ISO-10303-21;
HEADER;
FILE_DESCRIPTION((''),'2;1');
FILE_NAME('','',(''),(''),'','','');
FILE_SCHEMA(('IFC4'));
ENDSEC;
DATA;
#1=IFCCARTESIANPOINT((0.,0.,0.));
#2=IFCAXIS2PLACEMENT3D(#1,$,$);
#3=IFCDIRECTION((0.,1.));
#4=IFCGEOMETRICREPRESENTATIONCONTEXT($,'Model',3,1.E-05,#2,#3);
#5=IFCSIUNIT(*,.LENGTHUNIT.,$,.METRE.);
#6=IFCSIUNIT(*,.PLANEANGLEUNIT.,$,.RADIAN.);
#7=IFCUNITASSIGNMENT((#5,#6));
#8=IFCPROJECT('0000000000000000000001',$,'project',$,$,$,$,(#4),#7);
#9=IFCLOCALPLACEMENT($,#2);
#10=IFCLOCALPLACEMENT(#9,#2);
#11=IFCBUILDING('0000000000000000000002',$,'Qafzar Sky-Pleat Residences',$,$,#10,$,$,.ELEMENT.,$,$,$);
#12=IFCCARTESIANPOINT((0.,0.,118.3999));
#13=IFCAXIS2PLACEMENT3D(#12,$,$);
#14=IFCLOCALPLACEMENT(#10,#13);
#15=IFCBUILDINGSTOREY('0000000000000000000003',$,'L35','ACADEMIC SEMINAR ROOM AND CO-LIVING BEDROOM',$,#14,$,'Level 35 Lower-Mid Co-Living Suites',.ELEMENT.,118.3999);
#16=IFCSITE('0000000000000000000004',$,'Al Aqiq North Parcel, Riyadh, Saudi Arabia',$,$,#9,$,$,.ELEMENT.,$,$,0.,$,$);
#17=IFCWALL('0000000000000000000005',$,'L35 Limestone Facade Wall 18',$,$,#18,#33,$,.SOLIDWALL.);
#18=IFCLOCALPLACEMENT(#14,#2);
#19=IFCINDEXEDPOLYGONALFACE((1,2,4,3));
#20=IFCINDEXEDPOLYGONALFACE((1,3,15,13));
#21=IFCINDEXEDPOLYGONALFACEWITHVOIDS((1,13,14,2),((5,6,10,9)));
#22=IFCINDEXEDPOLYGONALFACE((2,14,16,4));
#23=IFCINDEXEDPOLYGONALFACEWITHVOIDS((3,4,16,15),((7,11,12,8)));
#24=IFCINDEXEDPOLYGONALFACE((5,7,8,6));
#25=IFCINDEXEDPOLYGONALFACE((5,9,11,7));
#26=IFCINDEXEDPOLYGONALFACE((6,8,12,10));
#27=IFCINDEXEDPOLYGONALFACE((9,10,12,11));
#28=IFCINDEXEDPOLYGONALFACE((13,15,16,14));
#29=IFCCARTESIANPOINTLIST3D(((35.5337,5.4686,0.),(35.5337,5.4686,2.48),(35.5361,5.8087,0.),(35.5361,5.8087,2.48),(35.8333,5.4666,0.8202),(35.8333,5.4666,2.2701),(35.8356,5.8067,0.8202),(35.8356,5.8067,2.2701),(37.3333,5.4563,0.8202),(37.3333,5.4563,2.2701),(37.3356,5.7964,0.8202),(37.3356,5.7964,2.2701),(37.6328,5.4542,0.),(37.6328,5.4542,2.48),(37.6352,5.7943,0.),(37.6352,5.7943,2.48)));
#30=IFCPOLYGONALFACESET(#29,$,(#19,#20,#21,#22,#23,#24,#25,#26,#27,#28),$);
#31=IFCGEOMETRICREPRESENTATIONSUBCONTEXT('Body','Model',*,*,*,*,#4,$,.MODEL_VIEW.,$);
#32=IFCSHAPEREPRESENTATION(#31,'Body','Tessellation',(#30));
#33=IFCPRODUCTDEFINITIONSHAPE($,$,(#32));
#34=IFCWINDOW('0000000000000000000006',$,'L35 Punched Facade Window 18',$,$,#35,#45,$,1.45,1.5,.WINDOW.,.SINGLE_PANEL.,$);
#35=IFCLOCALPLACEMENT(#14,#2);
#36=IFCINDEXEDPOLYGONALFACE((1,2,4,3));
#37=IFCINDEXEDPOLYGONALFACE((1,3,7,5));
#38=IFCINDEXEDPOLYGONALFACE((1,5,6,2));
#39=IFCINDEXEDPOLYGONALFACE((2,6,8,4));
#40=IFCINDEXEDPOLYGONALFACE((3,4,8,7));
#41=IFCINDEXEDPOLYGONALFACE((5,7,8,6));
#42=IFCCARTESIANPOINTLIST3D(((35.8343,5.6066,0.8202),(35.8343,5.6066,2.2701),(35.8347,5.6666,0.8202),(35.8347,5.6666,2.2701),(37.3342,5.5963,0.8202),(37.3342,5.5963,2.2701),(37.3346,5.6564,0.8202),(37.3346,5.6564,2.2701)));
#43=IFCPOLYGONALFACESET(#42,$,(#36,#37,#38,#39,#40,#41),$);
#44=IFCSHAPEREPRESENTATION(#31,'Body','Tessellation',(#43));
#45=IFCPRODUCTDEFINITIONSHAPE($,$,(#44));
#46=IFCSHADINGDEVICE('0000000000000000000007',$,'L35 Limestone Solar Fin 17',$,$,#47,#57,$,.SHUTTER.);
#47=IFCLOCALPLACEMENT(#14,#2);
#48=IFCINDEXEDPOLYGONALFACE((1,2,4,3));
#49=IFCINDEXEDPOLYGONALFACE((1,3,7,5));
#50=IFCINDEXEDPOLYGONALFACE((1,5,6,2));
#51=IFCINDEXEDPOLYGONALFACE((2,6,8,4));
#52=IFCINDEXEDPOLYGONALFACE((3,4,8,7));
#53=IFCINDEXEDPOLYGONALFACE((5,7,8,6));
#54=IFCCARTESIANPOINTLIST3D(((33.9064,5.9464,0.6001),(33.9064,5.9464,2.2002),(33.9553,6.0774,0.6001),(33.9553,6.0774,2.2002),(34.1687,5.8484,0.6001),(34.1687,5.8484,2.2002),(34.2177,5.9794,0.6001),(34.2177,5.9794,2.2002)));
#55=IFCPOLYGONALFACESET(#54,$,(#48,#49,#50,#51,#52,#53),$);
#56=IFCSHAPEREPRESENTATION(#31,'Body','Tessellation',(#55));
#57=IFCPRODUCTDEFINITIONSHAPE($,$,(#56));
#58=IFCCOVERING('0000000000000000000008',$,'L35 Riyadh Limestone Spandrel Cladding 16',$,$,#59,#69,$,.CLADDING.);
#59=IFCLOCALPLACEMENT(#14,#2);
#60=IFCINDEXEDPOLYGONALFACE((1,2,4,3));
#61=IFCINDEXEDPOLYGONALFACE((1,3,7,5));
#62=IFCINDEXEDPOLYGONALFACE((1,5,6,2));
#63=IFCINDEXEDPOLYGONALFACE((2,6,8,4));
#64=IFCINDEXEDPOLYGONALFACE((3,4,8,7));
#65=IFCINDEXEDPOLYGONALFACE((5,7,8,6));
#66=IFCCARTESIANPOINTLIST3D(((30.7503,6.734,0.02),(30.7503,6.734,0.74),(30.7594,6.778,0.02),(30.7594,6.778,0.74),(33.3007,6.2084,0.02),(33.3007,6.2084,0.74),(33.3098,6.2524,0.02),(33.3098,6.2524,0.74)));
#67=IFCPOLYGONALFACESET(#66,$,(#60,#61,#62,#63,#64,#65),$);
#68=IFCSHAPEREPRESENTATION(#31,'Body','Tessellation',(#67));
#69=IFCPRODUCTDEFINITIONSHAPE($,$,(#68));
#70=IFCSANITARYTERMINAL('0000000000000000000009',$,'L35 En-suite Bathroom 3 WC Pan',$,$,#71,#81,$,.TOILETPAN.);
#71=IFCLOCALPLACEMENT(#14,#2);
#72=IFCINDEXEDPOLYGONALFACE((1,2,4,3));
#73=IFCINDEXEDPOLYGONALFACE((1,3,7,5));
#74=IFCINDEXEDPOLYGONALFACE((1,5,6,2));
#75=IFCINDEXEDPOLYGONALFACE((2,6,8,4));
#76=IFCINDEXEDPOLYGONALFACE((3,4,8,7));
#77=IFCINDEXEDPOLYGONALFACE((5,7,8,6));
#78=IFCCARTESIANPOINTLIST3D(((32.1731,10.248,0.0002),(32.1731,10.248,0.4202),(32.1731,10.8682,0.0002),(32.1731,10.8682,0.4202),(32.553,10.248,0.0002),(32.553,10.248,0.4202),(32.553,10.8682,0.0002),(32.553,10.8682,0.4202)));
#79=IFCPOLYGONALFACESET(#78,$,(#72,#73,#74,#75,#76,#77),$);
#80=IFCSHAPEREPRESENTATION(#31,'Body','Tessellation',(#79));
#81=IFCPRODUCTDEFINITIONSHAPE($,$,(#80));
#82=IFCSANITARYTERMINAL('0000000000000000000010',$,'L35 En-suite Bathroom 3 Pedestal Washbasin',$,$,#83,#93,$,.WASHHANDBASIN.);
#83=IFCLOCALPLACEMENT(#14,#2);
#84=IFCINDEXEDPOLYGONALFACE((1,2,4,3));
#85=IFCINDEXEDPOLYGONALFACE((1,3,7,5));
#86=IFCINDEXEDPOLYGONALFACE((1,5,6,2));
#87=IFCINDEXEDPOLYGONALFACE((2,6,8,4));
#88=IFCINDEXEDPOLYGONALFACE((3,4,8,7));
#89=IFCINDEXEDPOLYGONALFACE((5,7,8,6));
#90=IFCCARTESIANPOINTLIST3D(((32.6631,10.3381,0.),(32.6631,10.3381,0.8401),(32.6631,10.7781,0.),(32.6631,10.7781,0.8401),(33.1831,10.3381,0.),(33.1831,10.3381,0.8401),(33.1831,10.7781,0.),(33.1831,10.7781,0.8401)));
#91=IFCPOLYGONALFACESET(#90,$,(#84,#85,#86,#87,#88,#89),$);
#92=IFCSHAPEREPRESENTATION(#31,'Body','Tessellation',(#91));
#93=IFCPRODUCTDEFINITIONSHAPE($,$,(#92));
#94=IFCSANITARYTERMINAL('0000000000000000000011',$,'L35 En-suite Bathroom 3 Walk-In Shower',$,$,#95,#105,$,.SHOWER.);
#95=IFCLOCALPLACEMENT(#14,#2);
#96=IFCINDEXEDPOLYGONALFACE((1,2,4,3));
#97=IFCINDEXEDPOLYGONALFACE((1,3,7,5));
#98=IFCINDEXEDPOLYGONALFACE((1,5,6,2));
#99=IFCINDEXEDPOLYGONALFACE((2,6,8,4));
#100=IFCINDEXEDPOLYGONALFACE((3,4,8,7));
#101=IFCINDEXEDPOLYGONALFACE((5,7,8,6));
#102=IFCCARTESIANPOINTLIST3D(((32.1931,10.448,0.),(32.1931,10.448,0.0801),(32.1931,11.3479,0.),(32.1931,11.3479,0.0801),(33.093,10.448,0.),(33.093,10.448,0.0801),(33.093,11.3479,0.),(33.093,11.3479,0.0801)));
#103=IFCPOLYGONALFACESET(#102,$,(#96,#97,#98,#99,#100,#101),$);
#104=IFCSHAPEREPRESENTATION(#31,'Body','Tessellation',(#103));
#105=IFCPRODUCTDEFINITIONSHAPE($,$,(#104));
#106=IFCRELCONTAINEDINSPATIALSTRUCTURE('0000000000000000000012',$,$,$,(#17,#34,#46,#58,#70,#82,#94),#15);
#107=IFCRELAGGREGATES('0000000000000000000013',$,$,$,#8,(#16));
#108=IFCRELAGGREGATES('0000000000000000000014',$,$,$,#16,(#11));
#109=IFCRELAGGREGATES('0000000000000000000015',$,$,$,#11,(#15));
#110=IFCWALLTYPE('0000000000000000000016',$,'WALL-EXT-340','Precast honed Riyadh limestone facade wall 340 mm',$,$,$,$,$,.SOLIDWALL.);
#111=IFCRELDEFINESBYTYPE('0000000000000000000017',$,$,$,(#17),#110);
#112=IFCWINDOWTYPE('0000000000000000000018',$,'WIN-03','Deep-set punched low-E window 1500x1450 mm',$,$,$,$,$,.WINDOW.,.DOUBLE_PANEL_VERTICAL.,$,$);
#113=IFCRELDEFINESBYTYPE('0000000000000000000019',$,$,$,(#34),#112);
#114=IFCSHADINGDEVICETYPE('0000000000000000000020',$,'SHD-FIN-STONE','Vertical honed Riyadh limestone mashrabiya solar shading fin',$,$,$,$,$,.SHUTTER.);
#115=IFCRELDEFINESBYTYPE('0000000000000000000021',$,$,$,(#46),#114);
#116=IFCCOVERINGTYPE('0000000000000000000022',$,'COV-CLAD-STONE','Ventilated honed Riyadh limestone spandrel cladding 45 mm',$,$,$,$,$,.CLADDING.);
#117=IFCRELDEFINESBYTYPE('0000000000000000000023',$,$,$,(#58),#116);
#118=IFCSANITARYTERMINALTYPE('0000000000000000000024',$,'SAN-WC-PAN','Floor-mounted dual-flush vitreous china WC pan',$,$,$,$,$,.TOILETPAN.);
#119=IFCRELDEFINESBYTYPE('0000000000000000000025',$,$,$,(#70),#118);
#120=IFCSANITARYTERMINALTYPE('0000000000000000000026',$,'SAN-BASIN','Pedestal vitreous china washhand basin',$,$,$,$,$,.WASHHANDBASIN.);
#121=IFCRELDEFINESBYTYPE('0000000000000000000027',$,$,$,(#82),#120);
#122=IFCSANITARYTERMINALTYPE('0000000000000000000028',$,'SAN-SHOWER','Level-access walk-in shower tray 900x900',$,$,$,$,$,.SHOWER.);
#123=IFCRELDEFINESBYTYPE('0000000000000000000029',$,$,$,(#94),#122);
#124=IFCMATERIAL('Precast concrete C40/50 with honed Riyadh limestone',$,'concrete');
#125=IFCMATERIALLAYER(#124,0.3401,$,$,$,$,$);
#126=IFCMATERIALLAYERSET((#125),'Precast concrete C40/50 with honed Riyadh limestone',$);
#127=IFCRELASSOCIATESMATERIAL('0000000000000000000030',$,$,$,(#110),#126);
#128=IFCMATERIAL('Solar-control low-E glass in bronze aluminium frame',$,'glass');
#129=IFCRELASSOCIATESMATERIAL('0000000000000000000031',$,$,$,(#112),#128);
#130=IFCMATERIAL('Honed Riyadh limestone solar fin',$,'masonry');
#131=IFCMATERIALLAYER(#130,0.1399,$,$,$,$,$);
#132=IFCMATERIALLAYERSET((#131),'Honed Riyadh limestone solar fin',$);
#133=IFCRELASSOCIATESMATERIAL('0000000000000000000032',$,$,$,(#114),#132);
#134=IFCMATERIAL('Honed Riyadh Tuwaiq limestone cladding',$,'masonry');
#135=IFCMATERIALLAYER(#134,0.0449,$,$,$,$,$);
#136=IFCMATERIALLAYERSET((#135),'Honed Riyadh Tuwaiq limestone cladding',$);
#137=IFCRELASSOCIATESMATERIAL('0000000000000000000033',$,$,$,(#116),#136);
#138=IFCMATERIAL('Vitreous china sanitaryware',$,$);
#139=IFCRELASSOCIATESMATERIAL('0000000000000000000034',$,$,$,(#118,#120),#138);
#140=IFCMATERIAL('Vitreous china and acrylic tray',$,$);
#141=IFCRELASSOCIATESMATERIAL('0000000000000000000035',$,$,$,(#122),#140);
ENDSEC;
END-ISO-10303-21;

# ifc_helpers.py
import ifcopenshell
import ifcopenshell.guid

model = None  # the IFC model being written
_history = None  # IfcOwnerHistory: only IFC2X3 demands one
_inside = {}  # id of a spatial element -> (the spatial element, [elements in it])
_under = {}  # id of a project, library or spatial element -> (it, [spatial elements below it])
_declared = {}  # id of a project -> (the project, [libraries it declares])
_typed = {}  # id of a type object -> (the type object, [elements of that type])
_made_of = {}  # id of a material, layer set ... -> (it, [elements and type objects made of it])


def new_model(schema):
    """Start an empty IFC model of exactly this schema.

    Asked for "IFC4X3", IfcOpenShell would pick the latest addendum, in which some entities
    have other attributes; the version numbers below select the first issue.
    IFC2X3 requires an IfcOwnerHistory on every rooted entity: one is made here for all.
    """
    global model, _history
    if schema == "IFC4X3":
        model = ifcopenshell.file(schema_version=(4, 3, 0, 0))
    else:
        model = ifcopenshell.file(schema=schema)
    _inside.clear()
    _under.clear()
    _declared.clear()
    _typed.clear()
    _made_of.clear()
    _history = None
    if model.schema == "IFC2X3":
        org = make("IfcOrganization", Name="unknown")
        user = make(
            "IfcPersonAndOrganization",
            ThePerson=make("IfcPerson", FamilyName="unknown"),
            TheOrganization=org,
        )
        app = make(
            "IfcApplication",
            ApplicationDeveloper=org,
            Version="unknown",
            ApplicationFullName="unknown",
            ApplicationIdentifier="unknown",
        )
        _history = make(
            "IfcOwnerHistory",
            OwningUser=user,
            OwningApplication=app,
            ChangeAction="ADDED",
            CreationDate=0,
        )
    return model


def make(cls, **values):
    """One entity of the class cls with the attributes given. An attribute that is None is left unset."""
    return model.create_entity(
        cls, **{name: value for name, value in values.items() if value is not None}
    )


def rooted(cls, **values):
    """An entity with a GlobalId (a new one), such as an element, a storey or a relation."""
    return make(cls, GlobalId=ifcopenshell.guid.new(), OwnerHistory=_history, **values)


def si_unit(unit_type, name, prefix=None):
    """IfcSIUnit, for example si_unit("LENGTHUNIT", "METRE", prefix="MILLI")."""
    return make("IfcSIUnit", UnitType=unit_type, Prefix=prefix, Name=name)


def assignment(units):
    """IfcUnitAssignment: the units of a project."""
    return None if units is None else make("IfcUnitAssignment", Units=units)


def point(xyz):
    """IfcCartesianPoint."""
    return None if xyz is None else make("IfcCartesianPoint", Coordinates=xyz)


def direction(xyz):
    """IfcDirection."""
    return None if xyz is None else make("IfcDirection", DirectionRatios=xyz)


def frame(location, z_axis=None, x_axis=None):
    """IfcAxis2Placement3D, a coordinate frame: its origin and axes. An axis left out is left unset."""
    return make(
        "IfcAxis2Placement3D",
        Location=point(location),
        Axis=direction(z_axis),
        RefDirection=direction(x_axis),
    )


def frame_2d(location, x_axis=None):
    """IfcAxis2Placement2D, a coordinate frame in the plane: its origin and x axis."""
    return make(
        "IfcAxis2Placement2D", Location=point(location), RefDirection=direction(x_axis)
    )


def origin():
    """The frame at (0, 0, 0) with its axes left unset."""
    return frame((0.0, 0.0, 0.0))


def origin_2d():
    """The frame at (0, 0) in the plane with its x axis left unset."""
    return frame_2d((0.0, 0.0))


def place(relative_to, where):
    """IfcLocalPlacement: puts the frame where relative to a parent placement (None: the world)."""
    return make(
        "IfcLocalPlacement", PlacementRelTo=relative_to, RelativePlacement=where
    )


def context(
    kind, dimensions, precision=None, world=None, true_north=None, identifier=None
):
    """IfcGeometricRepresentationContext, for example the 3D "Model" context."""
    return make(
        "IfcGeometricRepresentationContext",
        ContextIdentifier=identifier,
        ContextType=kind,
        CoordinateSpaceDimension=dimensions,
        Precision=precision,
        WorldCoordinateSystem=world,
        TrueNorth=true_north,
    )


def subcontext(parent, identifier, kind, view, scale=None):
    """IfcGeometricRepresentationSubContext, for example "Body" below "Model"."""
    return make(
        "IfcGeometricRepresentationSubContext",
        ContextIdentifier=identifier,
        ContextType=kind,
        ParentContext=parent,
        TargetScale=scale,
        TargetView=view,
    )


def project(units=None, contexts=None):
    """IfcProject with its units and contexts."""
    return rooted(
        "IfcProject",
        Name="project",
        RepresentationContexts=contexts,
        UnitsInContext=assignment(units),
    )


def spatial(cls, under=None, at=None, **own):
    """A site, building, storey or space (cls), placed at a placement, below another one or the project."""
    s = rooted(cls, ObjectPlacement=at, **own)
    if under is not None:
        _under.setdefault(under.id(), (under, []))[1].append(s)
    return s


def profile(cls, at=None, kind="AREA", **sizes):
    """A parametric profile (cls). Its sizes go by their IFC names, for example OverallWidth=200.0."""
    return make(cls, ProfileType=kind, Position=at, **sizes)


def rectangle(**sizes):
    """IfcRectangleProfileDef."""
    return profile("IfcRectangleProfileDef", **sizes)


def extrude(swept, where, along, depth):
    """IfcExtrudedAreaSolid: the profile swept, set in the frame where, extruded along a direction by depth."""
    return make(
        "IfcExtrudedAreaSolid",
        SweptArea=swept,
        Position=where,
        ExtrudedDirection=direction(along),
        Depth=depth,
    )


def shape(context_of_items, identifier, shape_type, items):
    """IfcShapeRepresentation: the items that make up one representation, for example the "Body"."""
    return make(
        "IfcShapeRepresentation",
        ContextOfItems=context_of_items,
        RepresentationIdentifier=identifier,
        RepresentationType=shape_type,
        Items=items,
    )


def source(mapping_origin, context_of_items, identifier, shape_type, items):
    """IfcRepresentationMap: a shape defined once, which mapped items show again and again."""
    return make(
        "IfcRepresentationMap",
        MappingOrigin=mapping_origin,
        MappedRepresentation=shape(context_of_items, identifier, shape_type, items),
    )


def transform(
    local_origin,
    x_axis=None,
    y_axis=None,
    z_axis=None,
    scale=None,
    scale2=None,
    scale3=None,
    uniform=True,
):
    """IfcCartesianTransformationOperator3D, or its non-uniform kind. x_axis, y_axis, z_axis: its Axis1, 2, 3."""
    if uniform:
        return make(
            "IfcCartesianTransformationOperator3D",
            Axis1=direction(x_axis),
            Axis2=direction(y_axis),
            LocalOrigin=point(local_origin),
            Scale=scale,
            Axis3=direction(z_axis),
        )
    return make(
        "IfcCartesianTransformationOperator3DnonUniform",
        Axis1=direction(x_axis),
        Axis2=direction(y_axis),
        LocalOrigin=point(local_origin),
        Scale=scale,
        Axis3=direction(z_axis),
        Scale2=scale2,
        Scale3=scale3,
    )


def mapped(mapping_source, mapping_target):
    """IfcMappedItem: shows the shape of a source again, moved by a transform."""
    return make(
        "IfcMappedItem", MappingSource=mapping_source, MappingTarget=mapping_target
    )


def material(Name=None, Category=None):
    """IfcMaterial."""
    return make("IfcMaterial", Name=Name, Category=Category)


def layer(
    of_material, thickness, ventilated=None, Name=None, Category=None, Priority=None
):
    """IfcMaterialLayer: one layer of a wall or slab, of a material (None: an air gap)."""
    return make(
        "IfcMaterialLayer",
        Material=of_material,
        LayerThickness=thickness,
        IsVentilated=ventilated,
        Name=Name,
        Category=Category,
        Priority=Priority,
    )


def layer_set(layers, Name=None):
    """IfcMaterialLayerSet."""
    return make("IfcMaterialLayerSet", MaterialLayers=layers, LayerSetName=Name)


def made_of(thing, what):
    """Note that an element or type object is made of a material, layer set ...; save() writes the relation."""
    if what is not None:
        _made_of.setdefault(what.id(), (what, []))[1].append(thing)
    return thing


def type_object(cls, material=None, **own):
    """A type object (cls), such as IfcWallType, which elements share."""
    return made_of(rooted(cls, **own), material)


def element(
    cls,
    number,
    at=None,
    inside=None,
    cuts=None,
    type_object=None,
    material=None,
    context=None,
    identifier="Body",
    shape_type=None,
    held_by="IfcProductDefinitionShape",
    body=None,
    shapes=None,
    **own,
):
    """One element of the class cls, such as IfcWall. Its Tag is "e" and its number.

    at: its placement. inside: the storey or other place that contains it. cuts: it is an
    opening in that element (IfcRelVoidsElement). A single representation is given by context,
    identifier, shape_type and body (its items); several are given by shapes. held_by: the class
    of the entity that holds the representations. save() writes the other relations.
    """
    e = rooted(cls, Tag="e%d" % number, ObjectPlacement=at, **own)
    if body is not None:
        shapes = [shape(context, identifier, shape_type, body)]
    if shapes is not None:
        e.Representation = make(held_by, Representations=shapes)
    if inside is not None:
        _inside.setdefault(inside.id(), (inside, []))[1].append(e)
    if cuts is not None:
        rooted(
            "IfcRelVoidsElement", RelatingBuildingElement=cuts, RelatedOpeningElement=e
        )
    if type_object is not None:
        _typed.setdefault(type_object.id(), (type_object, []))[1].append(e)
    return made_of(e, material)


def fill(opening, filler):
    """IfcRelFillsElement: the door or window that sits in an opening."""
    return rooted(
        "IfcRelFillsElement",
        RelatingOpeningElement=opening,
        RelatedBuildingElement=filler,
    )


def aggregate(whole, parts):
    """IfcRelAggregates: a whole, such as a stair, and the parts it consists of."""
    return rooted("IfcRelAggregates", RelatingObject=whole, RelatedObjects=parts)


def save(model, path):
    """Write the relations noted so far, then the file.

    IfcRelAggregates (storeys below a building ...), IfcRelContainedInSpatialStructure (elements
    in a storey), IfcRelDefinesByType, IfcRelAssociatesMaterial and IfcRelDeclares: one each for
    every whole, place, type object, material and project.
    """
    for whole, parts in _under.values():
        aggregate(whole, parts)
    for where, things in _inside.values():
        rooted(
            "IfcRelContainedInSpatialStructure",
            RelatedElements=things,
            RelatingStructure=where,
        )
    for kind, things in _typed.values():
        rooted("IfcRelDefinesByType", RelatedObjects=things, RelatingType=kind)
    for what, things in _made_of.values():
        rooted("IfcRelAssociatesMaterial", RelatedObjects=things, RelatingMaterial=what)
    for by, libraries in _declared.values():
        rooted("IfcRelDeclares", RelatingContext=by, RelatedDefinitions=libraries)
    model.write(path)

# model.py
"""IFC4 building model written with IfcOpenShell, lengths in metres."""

from ifc_helpers import new_model, si_unit, direction, frame, frame_2d, origin, origin_2d, place, context, subcontext, project, spatial, rectangle, extrude, source, transform, mapped, material, layer, layer_set, type_object, element, fill, save


model = new_model("IFC4")

# Units and contexts
model_context = context("Model", 3, precision=1e-05, world=origin(), true_north=direction((0.0, 1.0)))
body_context = subcontext(model_context, "Body", "Model", "MODEL_VIEW")
ifc_project = project(units=[si_unit("LENGTHUNIT", "METRE"), si_unit("PLANEANGLEUNIT", "RADIAN")], contexts=[model_context])

# Site, building, storey
site_placement = place(None, origin())
site = spatial("IfcSite", under=ifc_project, at=site_placement, Name="Al Aqiq North Parcel, Riyadh, Saudi Arabia", CompositionType="ELEMENT", RefElevation=0.0)
building_placement = place(site_placement, origin())
building = spatial("IfcBuilding", under=site, at=building_placement, Name="Qafzar Sky-Pleat Residences", CompositionType="ELEMENT")
storey_placement = place(building_placement, frame((0.0, 0.0, 118.3999)))
storey = spatial("IfcBuildingStorey", under=building, at=storey_placement, Name="L35", Description="ACADEMIC SEMINAR ROOM AND CO-LIVING BEDROOM", LongName="Level 35 Lower-Mid Co-Living Suites", CompositionType="ELEMENT", Elevation=118.3999)

# Shared definitions
ifc_material_1 = material(Name="Precast concrete C40/50 with honed Riyadh limestone", Category="concrete")
ifc_layer_1 = layer(ifc_material_1, 0.3401)
ifc_layer_set_1 = layer_set([ifc_layer_1], Name="Precast concrete C40/50 with honed Riyadh limestone")
wall_type_1 = type_object("IfcWallType", Name="WALL-EXT-340", Description="Precast honed Riyadh limestone facade wall 340 mm", PredefinedType="SOLIDWALL", material=ifc_layer_set_1)
ifc_material_2 = material(Name="Solar-control low-E glass in bronze aluminium frame", Category="glass")

# Wall, opening, window
wall_1_placement = place(storey_placement, frame((35.5349, 5.6387, 0.0), z_axis=(0.0, 0.0, 1.0), x_axis=(0.999976, -0.006862, 0.0)))
wall_1 = element("IfcWall", 1, at=wall_1_placement, inside=storey, type_object=wall_type_1, Name="L35 Limestone Facade Wall 18", PredefinedType="SOLIDWALL", context=body_context, shape_type="SweptSolid", body=[
    extrude(rectangle(XDim=2.0991, YDim=0.3401, at=frame_2d((1.0496, 0.0))), origin(), (0.0, 0.0, 1.0), 2.48),
])
opening_1_placement = place(wall_1_placement, frame((0.2996, 0.0, 0.8201)))
opening_1 = element("IfcOpeningElement", 2, at=opening_1_placement, cuts=wall_1, PredefinedType="OPENING", context=body_context, shape_type="SweptSolid", body=[
    extrude(rectangle(XDim=1.5, YDim=1.45, at=frame_2d((0.75, 0.7251))), frame((0.0, 0.1802, 0.0), z_axis=(0.0, -1.0, 0.0), x_axis=(1.0, 0.0, 0.0)), (0.0, 0.0, 1.0), 0.3601),
])
window_type_1 = type_object("IfcWindowType", Name="WIN-03", Description="Deep-set punched low-E window 1500x1450 mm", PartitioningType="DOUBLE_PANEL_VERTICAL", PredefinedType="WINDOW", material=ifc_material_2)
shared_shape_1 = source(origin(), body_context, "Body", "SweptSolid", [
    extrude(rectangle(XDim=1.5, YDim=1.45, at=frame_2d((0.75, 0.7251))), frame((0.0, 0.03, 0.0), z_axis=(0.0, -1.0, 0.0), x_axis=(1.0, 0.0, 0.0)), (0.0, 0.0, 1.0), 0.0601),
])
window_1_placement = place(opening_1_placement, origin())
window_1 = element("IfcWindow", 3, at=window_1_placement, inside=storey, type_object=window_type_1, Name="L35 Punched Facade Window 18", OverallHeight=1.45, OverallWidth=1.5, PartitioningType="SINGLE_PANEL", PredefinedType="WINDOW", context=body_context, shape_type="MappedRepresentation", body=[
    mapped(shared_shape_1, transform((0.0, 0.0, 0.0), x_axis=(1.0, 0.0, 0.0), y_axis=(0.0, 1.0, 0.0), z_axis=(0.0, 0.0, 1.0), scale=1.0)),
])
fill(opening_1, window_1)

# Shading device
ifc_material_3 = material(Name="Honed Riyadh limestone solar fin", Category="masonry")
ifc_layer_2 = layer(ifc_material_3, 0.1399)
ifc_layer_set_2 = layer_set([ifc_layer_2], Name="Honed Riyadh limestone solar fin")
shading_device_type = type_object("IfcShadingDeviceType", Name="SHD-FIN-STONE", Description="Vertical honed Riyadh limestone mashrabiya solar shading fin", PredefinedType="SHUTTER", material=ifc_layer_set_2)
shared_shape_2 = source(origin(), body_context, "Body", "SweptSolid", [
    extrude(rectangle(XDim=0.1399, YDim=0.28, at=origin_2d()), origin(), (0.0, 0.0, 1.0), 1.6001),
])
shading_device_placement = place(storey_placement, frame((34.062, 5.9629, 0.6001), z_axis=(0.0, 0.0, 1.0), x_axis=(-0.349926, -0.936777, 0.0)))
element("IfcShadingDevice", 4, at=shading_device_placement, inside=storey, type_object=shading_device_type, Name="L35 Limestone Solar Fin 17", PredefinedType="SHUTTER", context=body_context, shape_type="MappedRepresentation", body=[
    mapped(shared_shape_2, transform((0.0, 0.0, 0.0), x_axis=(1.0, 0.0, 0.0), y_axis=(0.0, 1.0, 0.0), z_axis=(0.0, 0.0, 1.0), scale=1.0)),
])

# Covering
ifc_material_4 = material(Name="Honed Riyadh Tuwaiq limestone cladding", Category="masonry")
ifc_layer_3 = layer(ifc_material_4, 0.0449)
ifc_layer_set_3 = layer_set([ifc_layer_3], Name="Honed Riyadh Tuwaiq limestone cladding")
covering_type = type_object("IfcCoveringType", Name="COV-CLAD-STONE", Description="Ventilated honed Riyadh limestone spandrel cladding 45 mm", PredefinedType="CLADDING", material=ifc_layer_set_3)
shared_shape_3 = source(origin(), body_context, "Body", "SweptSolid", [
    extrude(rectangle(XDim=2.604, YDim=0.0449, at=origin_2d()), origin(), (0.0, 0.0, 1.0), 0.72),
])
covering_placement = place(storey_placement, frame((32.03, 6.4932, 0.02), z_axis=(0.0, 0.0, 1.0), x_axis=(0.979418, -0.201842, 0.0)))
element("IfcCovering", 5, at=covering_placement, inside=storey, type_object=covering_type, Name="L35 Riyadh Limestone Spandrel Cladding 16", PredefinedType="CLADDING", context=body_context, shape_type="MappedRepresentation", body=[
    mapped(shared_shape_3, transform((0.0, 0.0, 0.0), x_axis=(1.0, 0.0, 0.0), y_axis=(0.0, 1.0, 0.0), z_axis=(0.0, 0.0, 1.0), scale=1.0)),
])

# Sanitary terminals
ifc_material_5 = material(Name="Vitreous china sanitaryware")
sanitary_terminal_type_1 = type_object("IfcSanitaryTerminalType", Name="SAN-WC-PAN", Description="Floor-mounted dual-flush vitreous china WC pan", PredefinedType="TOILETPAN", material=ifc_material_5)
shared_shape_4 = source(origin(), body_context, "Body", "SweptSolid", [
    extrude(rectangle(XDim=0.3799, YDim=0.6201, at=origin_2d()), origin(), (0.0, 0.0, 1.0), 0.4199),
])
sanitary_terminal_1_placement = place(storey_placement, frame((32.363, 10.5581, 0.0002), z_axis=(0.0, 0.0, 1.0), x_axis=(1.0, 0.0, 0.0)))
element("IfcSanitaryTerminal", 6, at=sanitary_terminal_1_placement, inside=storey, type_object=sanitary_terminal_type_1, Name="L35 En-suite Bathroom 3 WC Pan", PredefinedType="TOILETPAN", context=body_context, shape_type="MappedRepresentation", body=[
    mapped(shared_shape_4, transform((0.0, 0.0, 0.0), x_axis=(1.0, 0.0, 0.0), y_axis=(0.0, 1.0, 0.0), z_axis=(0.0, 0.0, 1.0), scale=1.0)),
])
sanitary_terminal_type_2 = type_object("IfcSanitaryTerminalType", Name="SAN-BASIN", Description="Pedestal vitreous china washhand basin", PredefinedType="WASHHANDBASIN", material=ifc_material_5)
shared_shape_5 = source(origin(), body_context, "Body", "SweptSolid", [
    extrude(rectangle(XDim=0.52, YDim=0.4399, at=origin_2d()), origin(), (0.0, 0.0, 1.0), 0.8401),
])
sanitary_terminal_2_placement = place(storey_placement, frame((32.9231, 10.5581, 0.0), z_axis=(0.0, 0.0, 1.0), x_axis=(1.0, 0.0, 0.0)))
element("IfcSanitaryTerminal", 7, at=sanitary_terminal_2_placement, inside=storey, type_object=sanitary_terminal_type_2, Name="L35 En-suite Bathroom 3 Pedestal Washbasin", PredefinedType="WASHHANDBASIN", context=body_context, shape_type="MappedRepresentation", body=[
    mapped(shared_shape_5, transform((0.0, 0.0, 0.0), x_axis=(1.0, 0.0, 0.0), y_axis=(0.0, 1.0, 0.0), z_axis=(0.0, 0.0, 1.0), scale=1.0)),
])
ifc_material_6 = material(Name="Vitreous china and acrylic tray")
sanitary_terminal_type_3 = type_object("IfcSanitaryTerminalType", Name="SAN-SHOWER", Description="Level-access walk-in shower tray 900x900", PredefinedType="SHOWER", material=ifc_material_6)
shared_shape_6 = source(origin(), body_context, "Body", "SweptSolid", [
    extrude(rectangle(XDim=0.8999, YDim=0.8999, at=origin_2d()), origin(), (0.0, 0.0, 1.0), 0.0801),
])
sanitary_terminal_3_placement = place(storey_placement, frame((32.6431, 10.8979, 0.0), z_axis=(0.0, 0.0, 1.0), x_axis=(1.0, 0.0, 0.0)))
element("IfcSanitaryTerminal", 8, at=sanitary_terminal_3_placement, inside=storey, type_object=sanitary_terminal_type_3, Name="L35 En-suite Bathroom 3 Walk-In Shower", PredefinedType="SHOWER", context=body_context, shape_type="MappedRepresentation", body=[
    mapped(shared_shape_6, transform((0.0, 0.0, 0.0), x_axis=(1.0, 0.0, 0.0), y_axis=(0.0, 1.0, 0.0), z_axis=(0.0, 0.0, 1.0), scale=1.0)),
])

save(model, "model.ifc")
